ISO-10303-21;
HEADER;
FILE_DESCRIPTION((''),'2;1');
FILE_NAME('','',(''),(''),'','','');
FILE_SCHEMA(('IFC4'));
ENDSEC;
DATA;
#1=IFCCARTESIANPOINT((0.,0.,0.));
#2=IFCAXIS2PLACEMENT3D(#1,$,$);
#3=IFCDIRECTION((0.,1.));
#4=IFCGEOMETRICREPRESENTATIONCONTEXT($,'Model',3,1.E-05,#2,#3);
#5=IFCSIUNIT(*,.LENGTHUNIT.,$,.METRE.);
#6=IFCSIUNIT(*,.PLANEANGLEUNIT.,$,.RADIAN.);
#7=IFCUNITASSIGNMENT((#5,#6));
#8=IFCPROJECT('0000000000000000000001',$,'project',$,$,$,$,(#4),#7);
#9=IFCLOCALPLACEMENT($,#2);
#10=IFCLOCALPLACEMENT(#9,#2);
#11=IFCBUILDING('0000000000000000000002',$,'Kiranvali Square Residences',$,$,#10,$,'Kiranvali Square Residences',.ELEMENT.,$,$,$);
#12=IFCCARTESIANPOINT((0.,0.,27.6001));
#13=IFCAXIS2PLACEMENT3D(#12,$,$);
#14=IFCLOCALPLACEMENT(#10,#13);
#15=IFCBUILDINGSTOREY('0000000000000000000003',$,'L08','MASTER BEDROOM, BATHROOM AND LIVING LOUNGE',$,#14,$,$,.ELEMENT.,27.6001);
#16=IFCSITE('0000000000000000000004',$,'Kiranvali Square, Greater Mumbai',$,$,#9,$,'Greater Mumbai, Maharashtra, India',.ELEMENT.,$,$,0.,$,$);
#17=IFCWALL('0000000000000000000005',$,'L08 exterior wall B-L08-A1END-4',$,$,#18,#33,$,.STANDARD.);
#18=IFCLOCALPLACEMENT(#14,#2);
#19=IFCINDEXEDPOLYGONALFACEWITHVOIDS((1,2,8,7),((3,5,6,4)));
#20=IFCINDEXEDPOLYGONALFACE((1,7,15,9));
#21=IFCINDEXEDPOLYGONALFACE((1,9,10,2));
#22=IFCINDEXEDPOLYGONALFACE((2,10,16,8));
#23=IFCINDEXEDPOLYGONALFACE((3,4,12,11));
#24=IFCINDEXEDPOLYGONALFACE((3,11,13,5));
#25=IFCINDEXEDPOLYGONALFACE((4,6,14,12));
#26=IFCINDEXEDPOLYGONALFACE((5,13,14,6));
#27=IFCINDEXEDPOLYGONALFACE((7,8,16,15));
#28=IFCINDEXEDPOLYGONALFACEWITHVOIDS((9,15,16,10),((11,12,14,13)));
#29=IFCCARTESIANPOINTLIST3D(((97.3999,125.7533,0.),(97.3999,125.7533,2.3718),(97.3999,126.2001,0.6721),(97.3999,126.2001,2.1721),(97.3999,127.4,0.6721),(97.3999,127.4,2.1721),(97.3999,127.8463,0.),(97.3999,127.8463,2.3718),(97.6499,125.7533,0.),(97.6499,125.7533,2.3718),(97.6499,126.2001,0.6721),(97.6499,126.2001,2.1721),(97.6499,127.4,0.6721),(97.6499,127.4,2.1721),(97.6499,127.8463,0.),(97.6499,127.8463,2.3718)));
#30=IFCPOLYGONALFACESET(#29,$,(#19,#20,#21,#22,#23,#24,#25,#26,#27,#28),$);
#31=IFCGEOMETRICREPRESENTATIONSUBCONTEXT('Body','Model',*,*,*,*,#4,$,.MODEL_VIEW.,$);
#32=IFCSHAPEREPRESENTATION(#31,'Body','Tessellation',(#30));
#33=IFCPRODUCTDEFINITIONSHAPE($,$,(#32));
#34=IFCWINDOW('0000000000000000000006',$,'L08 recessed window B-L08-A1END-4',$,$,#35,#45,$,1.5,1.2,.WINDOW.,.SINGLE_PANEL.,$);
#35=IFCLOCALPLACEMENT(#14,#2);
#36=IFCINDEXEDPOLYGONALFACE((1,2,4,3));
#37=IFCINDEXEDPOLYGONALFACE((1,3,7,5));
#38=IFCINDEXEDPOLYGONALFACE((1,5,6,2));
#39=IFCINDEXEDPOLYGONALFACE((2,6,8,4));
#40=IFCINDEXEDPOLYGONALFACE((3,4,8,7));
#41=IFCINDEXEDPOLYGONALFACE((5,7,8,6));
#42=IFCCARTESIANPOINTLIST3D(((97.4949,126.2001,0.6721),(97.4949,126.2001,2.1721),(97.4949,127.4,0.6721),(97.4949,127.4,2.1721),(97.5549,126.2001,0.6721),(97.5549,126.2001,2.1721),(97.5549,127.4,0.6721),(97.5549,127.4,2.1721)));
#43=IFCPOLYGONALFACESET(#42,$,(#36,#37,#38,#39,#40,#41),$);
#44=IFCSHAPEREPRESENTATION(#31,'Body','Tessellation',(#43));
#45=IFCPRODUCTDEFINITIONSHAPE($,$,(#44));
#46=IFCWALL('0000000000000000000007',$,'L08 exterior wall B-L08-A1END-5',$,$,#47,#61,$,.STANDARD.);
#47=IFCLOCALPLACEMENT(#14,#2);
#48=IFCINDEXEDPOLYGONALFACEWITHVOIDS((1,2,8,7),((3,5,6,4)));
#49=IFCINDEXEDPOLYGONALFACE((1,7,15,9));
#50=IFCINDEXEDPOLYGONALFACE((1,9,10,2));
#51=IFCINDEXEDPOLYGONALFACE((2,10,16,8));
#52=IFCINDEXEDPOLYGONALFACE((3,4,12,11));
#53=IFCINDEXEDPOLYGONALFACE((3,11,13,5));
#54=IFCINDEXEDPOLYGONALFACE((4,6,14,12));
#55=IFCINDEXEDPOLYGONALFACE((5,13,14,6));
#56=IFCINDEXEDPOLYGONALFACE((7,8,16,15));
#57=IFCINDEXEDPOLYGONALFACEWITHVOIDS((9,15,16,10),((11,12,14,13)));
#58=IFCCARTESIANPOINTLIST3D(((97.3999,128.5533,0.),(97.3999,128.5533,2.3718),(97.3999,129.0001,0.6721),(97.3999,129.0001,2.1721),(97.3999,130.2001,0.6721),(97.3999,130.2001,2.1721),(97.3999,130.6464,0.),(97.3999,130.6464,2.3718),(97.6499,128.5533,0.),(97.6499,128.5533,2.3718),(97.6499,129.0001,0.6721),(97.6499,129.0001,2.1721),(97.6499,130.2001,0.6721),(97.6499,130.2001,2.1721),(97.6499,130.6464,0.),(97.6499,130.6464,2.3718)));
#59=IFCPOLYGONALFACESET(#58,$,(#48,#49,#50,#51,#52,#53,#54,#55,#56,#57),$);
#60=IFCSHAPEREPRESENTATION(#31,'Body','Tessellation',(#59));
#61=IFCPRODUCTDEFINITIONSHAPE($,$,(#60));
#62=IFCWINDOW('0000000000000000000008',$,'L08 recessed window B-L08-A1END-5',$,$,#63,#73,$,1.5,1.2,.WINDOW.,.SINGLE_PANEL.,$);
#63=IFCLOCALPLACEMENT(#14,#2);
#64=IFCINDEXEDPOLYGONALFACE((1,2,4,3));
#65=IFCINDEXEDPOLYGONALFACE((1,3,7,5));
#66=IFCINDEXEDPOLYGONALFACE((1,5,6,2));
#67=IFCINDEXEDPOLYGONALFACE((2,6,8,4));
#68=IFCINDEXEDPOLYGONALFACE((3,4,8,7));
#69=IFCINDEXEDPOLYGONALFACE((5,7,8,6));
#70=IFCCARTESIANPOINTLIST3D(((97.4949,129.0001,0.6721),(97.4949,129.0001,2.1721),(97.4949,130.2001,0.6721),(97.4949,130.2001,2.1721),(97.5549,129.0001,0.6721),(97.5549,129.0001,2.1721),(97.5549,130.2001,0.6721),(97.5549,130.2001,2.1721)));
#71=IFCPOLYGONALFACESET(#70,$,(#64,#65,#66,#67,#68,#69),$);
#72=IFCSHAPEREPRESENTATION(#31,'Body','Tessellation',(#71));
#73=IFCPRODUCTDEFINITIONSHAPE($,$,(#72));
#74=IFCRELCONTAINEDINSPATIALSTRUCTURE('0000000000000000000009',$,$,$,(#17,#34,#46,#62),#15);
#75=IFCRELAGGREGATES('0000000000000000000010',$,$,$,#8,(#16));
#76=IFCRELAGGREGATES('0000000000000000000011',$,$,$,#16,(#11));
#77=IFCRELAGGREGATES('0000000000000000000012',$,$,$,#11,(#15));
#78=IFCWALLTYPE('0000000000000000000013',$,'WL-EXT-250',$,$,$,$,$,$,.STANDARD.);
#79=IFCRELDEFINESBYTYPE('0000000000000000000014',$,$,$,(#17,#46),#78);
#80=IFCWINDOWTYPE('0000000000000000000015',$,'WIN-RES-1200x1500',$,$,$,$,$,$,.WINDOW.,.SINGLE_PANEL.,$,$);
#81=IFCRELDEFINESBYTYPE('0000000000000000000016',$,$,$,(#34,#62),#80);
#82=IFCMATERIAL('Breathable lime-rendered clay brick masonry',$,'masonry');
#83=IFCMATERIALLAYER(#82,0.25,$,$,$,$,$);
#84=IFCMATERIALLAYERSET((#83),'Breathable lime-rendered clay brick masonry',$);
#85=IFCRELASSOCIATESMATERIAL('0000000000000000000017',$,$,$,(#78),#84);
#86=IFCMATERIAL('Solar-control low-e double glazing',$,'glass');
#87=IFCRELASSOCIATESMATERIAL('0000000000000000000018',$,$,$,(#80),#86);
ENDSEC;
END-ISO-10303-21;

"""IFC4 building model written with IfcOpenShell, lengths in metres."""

from ifc_helpers import new_model, si_unit, direction, frame, frame_2d, origin, place, context, subcontext, project, spatial, rectangle, extrude, material, layer, layer_set, type_object, element, fill, save


model = new_model("IFC4")

# Units and contexts
model_context = context("Model", 3, precision=1e-05, world=origin(), true_north=direction((0.0, 1.0)))
body_context = subcontext(model_context, "Body", "Model", "MODEL_VIEW")
ifc_project = project(units=[si_unit("LENGTHUNIT", "METRE"), si_unit("PLANEANGLEUNIT", "RADIAN")], contexts=[model_context])

# Site, building, storey
site_placement = place(None, origin())
site = spatial("IfcSite", under=ifc_project, at=site_placement, Name="Kiranvali Square, Greater Mumbai", LongName="Greater Mumbai, Maharashtra, India", CompositionType="ELEMENT", RefElevation=0.0)
building_placement = place(site_placement, origin())
building = spatial("IfcBuilding", under=site, at=building_placement, Name="Kiranvali Square Residences", LongName="Kiranvali Square Residences", CompositionType="ELEMENT")
storey_placement = place(building_placement, frame((0.0, 0.0, 27.6001)))
storey = spatial("IfcBuildingStorey", under=building, at=storey_placement, Name="L08", Description="MASTER BEDROOM, BATHROOM AND LIVING LOUNGE", CompositionType="ELEMENT", Elevation=27.6001)

# Walls, openings, windows
ifc_material_1 = material(Name="Breathable lime-rendered clay brick masonry", Category="masonry")
ifc_layer = layer(ifc_material_1, 0.25)
ifc_layer_set = layer_set([ifc_layer], Name="Breathable lime-rendered clay brick masonry")
wall_type = type_object("IfcWallType", Name="WL-EXT-250", PredefinedType="STANDARD", material=ifc_layer_set)
wall_1_placement = place(storey_placement, frame((97.5249, 125.7534, 0.0), z_axis=(0.0, 0.0, 1.0), x_axis=(0.0, 1.0, 0.0)))
wall_1 = element("IfcWall", 1, at=wall_1_placement, inside=storey, type_object=wall_type, Name="L08 exterior wall B-L08-A1END-4", PredefinedType="STANDARD", context=body_context, shape_type="SweptSolid", body=[
    extrude(rectangle(XDim=2.093, YDim=0.25, at=frame_2d((1.0464, 0.0))), origin(), (0.0, 0.0, 1.0), 2.3718),
])
opening_1_placement = place(wall_1_placement, frame((0.4465, 0.0, 0.6721)))
opening_1 = element("IfcOpeningElement", 2, at=opening_1_placement, cuts=wall_1, PredefinedType="OPENING", context=body_context, shape_type="SweptSolid", body=[
    extrude(rectangle(XDim=1.2, YDim=1.5, at=frame_2d((0.6001, 0.75))), frame((0.0, 0.135, 0.0), z_axis=(0.0, -1.0, 0.0), x_axis=(1.0, 0.0, 0.0)), (0.0, 0.0, 1.0), 0.27),
])
ifc_material_2 = material(Name="Solar-control low-e double glazing", Category="glass")
window_type = type_object("IfcWindowType", Name="WIN-RES-1200x1500", PartitioningType="SINGLE_PANEL", PredefinedType="WINDOW", material=ifc_material_2)
window_1_placement = place(opening_1_placement, origin())
window_1 = element("IfcWindow", 3, at=window_1_placement, inside=storey, type_object=window_type, Name="L08 recessed window B-L08-A1END-4", OverallHeight=1.5, OverallWidth=1.2, PartitioningType="SINGLE_PANEL", PredefinedType="WINDOW", context=body_context, shape_type="SweptSolid", body=[
    extrude(rectangle(XDim=1.2, YDim=1.5, at=frame_2d((0.6001, 0.75))), frame((0.0, 0.03, 0.0), z_axis=(0.0, -1.0, 0.0), x_axis=(1.0, 0.0, 0.0)), (0.0, 0.0, 1.0), 0.0601),
])
fill(opening_1, window_1)
wall_2_placement = place(storey_placement, frame((97.5249, 128.5535, 0.0), z_axis=(0.0, 0.0, 1.0), x_axis=(0.0, 1.0, 0.0)))
wall_2 = element("IfcWall", 4, at=wall_2_placement, inside=storey, type_object=wall_type, Name="L08 exterior wall B-L08-A1END-5", PredefinedType="STANDARD", context=body_context, shape_type="SweptSolid", body=[
    extrude(rectangle(XDim=2.093, YDim=0.25, at=frame_2d((1.0464, 0.0))), origin(), (0.0, 0.0, 1.0), 2.3718),
])
opening_2_placement = place(wall_2_placement, frame((0.4465, 0.0, 0.6721)))
opening_2 = element("IfcOpeningElement", 5, at=opening_2_placement, cuts=wall_2, PredefinedType="OPENING", context=body_context, shape_type="SweptSolid", body=[
    extrude(rectangle(XDim=1.2, YDim=1.5, at=frame_2d((0.6001, 0.75))), frame((0.0, 0.135, 0.0), z_axis=(0.0, -1.0, 0.0), x_axis=(1.0, 0.0, 0.0)), (0.0, 0.0, 1.0), 0.27),
])
window_2_placement = place(opening_2_placement, origin())
window_2 = element("IfcWindow", 6, at=window_2_placement, inside=storey, type_object=window_type, Name="L08 recessed window B-L08-A1END-5", OverallHeight=1.5, OverallWidth=1.2, PartitioningType="SINGLE_PANEL", PredefinedType="WINDOW", context=body_context, shape_type="SweptSolid", body=[
    extrude(rectangle(XDim=1.2, YDim=1.5, at=frame_2d((0.6001, 0.75))), frame((0.0, 0.03, 0.0), z_axis=(0.0, -1.0, 0.0), x_axis=(1.0, 0.0, 0.0)), (0.0, 0.0, 1.0), 0.0601),
])
fill(opening_2, window_2)

save(model, "model.ifc")
